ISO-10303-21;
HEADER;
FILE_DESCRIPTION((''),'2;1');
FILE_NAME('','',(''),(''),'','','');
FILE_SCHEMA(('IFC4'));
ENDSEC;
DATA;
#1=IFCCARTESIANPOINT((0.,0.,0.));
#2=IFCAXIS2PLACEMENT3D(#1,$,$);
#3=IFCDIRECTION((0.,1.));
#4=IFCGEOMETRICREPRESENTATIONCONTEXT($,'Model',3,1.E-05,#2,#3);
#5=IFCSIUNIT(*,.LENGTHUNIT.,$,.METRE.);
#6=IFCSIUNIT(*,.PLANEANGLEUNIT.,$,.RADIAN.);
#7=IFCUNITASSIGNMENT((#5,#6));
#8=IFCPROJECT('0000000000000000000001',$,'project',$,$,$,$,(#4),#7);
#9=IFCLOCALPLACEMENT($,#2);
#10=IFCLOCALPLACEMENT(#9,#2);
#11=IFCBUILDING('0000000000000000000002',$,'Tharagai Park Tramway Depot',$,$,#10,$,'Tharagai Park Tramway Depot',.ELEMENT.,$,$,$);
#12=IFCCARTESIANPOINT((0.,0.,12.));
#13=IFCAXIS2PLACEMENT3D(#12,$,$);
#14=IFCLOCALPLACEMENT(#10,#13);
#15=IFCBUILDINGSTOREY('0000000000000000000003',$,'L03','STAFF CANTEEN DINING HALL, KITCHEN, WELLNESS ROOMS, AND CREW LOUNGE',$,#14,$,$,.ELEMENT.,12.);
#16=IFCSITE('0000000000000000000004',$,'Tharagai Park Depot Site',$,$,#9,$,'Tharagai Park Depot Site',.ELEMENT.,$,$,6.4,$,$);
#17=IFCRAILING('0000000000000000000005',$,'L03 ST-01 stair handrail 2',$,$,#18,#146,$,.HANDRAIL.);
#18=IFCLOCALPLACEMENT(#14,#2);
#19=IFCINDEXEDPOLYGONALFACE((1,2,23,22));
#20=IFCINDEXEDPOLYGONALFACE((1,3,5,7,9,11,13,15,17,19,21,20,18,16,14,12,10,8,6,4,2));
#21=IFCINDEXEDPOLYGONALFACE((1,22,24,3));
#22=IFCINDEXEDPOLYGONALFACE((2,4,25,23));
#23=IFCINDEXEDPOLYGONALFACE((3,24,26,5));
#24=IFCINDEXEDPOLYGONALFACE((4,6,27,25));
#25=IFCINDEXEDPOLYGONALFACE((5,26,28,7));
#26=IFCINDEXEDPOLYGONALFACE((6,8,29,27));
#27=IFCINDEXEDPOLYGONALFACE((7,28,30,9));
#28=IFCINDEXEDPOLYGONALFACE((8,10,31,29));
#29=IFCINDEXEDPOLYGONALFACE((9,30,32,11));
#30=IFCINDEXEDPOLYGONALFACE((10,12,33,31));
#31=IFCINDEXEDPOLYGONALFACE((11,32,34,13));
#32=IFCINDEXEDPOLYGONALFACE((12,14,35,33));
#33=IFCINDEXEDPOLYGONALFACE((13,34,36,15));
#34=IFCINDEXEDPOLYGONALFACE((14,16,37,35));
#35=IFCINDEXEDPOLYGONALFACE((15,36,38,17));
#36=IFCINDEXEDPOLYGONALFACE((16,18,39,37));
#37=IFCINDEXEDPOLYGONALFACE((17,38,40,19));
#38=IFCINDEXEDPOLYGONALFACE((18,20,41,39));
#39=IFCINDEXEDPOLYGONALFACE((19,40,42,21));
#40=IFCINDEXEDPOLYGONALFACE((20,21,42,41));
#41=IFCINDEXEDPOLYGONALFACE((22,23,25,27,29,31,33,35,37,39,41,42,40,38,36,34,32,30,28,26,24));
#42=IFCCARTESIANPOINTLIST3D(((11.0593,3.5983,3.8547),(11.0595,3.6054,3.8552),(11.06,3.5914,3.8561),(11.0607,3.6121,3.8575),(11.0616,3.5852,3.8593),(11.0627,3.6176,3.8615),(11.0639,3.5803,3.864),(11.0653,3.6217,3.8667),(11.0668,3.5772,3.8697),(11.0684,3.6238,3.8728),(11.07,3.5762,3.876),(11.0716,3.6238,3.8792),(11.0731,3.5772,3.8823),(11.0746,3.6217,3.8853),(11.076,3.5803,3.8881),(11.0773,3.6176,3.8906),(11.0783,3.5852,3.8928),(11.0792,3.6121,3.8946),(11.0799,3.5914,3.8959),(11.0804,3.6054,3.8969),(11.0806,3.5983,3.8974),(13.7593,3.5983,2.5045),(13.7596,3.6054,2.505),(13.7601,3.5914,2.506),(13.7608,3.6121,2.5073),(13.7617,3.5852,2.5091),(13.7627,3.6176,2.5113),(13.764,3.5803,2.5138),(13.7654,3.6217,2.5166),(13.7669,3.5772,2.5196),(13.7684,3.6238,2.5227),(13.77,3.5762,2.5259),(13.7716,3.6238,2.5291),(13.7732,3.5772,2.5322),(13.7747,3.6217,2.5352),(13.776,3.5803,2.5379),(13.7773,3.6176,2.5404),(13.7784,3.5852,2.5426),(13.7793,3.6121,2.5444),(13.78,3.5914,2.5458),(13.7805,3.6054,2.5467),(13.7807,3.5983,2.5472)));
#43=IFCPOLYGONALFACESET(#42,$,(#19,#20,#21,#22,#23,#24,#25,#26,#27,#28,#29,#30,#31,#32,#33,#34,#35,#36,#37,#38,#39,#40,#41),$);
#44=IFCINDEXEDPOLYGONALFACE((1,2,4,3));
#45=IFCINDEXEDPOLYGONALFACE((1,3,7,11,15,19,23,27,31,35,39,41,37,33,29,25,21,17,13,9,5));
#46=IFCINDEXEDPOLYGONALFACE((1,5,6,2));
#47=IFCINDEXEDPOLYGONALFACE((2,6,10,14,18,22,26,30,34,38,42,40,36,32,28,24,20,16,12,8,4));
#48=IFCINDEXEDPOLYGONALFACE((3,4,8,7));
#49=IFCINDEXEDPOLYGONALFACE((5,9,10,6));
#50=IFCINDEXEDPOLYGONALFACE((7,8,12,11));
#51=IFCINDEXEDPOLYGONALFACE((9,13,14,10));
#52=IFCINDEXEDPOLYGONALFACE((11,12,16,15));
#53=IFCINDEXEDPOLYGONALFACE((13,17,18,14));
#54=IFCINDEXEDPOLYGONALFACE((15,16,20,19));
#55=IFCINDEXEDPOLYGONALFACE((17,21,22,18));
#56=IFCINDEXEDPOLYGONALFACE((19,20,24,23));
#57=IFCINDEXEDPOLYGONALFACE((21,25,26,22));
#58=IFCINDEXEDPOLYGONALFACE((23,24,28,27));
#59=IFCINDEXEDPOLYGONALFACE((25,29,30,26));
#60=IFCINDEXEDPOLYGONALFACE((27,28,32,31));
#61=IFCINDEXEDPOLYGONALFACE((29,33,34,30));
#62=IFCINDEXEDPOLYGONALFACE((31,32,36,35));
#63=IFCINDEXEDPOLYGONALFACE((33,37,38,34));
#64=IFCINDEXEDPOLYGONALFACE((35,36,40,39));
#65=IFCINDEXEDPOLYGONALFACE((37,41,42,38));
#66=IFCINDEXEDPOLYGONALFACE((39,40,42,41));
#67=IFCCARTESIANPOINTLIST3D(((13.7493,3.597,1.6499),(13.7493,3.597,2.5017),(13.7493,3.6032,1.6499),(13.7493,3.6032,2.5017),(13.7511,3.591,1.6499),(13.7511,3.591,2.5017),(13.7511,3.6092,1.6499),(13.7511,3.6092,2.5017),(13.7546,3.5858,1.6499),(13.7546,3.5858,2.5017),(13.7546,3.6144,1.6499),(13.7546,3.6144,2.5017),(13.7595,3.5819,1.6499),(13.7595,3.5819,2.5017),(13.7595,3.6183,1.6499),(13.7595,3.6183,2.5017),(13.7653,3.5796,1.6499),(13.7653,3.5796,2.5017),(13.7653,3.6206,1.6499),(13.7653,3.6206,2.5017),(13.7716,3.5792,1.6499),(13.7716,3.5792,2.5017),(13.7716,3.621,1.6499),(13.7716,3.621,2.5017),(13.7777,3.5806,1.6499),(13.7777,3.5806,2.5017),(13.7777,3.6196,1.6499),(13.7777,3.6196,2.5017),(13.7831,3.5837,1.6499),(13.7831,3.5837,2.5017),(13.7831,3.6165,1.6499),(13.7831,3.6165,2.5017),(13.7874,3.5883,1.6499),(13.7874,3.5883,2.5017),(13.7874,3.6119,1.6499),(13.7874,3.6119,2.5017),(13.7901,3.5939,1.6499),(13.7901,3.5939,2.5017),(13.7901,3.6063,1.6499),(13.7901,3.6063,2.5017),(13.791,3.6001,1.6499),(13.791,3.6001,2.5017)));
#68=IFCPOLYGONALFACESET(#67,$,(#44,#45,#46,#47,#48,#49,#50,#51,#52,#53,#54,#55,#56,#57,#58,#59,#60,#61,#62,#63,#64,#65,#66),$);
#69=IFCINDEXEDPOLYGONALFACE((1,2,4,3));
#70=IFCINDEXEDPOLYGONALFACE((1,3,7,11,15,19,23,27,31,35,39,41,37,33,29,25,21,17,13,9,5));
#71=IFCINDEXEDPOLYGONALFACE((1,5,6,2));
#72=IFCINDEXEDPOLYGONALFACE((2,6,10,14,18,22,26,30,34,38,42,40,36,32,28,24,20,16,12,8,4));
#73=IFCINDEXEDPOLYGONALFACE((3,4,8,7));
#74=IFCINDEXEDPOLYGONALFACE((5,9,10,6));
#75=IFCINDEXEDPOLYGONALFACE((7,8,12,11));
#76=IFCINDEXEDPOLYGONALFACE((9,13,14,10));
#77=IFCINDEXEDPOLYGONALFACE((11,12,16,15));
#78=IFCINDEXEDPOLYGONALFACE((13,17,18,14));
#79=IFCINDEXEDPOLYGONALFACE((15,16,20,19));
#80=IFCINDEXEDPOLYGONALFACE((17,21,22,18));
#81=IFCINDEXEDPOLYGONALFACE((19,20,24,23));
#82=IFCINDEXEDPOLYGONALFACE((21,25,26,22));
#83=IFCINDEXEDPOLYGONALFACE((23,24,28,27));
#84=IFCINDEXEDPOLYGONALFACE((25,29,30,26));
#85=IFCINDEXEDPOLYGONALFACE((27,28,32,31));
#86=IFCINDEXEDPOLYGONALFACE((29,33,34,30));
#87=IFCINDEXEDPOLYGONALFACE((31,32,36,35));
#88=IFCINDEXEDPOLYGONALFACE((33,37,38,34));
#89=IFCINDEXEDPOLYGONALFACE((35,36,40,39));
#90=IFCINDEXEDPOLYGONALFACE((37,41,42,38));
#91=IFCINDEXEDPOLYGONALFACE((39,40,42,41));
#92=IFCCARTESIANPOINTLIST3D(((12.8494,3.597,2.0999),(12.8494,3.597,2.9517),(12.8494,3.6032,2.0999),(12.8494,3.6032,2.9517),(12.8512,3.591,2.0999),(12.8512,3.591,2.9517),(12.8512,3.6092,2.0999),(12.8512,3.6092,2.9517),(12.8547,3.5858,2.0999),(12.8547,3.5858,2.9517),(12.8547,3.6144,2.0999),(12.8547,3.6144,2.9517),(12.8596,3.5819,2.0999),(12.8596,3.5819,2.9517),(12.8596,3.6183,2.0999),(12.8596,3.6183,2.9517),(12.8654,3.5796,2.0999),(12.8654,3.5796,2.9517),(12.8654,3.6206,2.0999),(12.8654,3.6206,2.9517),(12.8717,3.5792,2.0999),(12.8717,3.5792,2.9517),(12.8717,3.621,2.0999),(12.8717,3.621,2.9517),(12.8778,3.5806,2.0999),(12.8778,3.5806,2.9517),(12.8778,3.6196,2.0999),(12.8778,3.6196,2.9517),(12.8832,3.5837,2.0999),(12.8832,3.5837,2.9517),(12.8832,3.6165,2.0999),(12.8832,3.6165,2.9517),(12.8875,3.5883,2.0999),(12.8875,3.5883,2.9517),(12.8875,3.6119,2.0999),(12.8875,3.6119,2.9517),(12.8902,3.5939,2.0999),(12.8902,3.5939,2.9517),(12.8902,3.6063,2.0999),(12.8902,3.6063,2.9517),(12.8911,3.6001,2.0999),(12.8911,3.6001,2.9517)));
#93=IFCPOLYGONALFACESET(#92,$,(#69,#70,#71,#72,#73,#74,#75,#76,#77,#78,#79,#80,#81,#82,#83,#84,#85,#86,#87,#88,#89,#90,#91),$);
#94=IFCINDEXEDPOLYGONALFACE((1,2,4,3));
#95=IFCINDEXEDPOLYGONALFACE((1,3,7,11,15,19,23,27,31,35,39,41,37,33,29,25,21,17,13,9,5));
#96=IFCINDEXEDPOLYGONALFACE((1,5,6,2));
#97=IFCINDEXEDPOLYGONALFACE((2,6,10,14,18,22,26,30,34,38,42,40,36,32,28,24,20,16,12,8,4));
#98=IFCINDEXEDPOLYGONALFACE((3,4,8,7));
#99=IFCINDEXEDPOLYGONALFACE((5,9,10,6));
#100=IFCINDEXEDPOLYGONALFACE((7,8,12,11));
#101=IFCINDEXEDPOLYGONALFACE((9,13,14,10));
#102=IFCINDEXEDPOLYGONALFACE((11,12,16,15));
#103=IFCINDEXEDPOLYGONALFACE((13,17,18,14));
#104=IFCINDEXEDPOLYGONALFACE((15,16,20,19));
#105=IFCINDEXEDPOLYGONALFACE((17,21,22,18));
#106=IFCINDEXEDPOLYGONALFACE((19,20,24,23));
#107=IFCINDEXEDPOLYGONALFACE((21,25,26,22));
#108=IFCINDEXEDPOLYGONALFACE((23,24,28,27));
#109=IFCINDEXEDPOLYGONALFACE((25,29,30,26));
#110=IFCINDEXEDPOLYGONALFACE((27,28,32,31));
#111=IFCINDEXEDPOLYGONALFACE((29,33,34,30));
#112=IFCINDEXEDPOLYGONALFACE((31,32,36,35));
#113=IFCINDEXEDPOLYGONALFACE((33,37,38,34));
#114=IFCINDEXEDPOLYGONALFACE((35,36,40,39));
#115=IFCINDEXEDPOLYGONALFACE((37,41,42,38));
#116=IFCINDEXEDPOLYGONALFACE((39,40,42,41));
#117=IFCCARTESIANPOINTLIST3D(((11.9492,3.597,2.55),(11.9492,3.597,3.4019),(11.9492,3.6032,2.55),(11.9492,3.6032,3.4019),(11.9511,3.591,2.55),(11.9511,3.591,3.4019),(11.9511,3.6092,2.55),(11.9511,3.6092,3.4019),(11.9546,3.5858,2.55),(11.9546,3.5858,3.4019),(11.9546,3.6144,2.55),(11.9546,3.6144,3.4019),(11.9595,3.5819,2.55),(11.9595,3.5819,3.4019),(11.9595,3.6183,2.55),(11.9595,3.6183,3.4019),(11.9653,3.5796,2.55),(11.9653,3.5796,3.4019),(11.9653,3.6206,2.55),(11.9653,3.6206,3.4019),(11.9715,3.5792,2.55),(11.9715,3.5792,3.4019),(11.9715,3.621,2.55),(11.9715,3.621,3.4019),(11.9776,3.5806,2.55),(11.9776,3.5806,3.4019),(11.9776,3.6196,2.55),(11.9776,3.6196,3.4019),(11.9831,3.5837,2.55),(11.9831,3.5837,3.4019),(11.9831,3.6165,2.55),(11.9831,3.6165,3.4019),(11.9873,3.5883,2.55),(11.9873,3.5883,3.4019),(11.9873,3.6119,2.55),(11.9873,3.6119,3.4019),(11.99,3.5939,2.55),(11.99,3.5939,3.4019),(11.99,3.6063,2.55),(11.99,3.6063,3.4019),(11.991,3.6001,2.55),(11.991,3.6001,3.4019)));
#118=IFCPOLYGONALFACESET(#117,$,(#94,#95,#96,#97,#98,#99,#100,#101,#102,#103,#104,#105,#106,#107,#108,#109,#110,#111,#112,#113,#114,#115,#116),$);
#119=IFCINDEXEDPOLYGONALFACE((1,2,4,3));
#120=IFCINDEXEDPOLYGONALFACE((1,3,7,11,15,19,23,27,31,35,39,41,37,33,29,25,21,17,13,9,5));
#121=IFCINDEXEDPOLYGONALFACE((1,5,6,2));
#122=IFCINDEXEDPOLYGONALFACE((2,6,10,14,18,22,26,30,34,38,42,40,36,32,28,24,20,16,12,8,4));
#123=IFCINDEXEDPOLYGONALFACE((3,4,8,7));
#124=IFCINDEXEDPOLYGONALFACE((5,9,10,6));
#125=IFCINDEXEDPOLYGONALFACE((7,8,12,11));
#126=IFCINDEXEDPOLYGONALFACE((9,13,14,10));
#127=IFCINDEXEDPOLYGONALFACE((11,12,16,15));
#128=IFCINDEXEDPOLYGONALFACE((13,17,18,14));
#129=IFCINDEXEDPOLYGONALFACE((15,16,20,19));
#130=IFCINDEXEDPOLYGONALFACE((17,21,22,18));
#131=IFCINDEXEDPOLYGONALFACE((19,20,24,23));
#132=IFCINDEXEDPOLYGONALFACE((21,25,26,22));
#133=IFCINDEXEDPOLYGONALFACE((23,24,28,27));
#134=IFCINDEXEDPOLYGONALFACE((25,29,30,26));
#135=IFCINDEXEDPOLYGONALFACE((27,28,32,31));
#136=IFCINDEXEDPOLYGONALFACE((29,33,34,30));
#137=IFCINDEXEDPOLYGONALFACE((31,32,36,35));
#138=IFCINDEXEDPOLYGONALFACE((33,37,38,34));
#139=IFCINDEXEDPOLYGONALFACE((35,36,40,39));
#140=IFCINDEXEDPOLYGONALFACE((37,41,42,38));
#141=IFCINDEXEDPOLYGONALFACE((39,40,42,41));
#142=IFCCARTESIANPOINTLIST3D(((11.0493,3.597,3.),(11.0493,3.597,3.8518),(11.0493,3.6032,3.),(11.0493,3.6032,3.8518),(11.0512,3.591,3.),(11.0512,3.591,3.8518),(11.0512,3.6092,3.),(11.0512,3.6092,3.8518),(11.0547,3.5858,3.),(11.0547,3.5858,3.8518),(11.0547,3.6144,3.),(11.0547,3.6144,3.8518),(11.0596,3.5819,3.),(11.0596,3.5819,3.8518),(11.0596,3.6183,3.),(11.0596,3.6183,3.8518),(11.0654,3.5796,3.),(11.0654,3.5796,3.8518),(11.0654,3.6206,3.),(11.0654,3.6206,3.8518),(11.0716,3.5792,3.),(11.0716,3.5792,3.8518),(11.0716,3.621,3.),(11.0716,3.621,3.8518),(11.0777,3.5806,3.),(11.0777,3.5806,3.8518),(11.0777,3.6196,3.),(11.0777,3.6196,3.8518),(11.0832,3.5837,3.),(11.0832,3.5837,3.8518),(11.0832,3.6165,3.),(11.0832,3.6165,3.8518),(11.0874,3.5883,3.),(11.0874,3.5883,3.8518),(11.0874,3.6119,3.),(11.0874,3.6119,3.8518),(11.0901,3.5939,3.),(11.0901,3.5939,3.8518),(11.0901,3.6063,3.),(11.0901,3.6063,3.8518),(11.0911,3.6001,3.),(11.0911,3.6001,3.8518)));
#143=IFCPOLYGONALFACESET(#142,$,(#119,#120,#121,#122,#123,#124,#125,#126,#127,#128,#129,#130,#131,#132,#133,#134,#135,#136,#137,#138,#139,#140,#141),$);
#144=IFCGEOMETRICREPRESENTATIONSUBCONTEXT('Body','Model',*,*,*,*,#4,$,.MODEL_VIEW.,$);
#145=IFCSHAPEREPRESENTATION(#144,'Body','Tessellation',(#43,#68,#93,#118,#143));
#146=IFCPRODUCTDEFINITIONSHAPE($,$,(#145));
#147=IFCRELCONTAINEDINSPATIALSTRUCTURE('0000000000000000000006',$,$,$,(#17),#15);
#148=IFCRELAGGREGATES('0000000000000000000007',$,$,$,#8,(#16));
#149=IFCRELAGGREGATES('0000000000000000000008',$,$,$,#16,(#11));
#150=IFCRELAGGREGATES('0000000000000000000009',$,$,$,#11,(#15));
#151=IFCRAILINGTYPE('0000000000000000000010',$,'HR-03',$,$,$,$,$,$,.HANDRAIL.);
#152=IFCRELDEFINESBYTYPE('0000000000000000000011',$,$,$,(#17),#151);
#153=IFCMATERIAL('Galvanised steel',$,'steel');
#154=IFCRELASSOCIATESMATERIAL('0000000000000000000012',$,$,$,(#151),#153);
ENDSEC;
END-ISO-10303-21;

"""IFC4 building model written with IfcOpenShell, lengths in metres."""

from ifc_helpers import new_model, si_unit, direction, frame, origin, origin_2d, place, context, subcontext, project, spatial, circle, extrude, material, type_object, element, save


model = new_model("IFC4")

# Units and contexts
model_context = context("Model", 3, precision=1e-05, world=origin(), true_north=direction((0.0, 1.0)))
body_context = subcontext(model_context, "Body", "Model", "MODEL_VIEW")
ifc_project = project(units=[si_unit("LENGTHUNIT", "METRE"), si_unit("PLANEANGLEUNIT", "RADIAN")], contexts=[model_context])

# Site, building, storey
site_placement = place(None, origin())
site = spatial("IfcSite", under=ifc_project, at=site_placement, Name="Tharagai Park Depot Site", LongName="Tharagai Park Depot Site", CompositionType="ELEMENT", RefElevation=6.4)
building_placement = place(site_placement, origin())
building = spatial("IfcBuilding", under=site, at=building_placement, Name="Tharagai Park Tramway Depot", LongName="Tharagai Park Tramway Depot", CompositionType="ELEMENT")
storey_placement = place(building_placement, frame((0.0, 0.0, 12.0)))
storey = spatial("IfcBuildingStorey", under=building, at=storey_placement, Name="L03", Description="STAFF CANTEEN DINING HALL, KITCHEN, WELLNESS ROOMS, AND CREW LOUNGE", CompositionType="ELEMENT", Elevation=12.0)

# Shared definitions
ifc_material_1 = material(Name="Galvanised steel", Category="steel")

# Railing
railing_type_1 = type_object("IfcRailingType", Name="HR-03", PredefinedType="HANDRAIL", material=ifc_material_1)
railing_1_placement = place(storey_placement, frame((13.77, 3.6001, 1.6499)))
element("IfcRailing", 1, at=railing_1_placement, inside=storey, type_object=railing_type_1, Name="L03 ST-01 stair handrail 2", PredefinedType="HANDRAIL", context=body_context, shape_type="SweptSolid", body=[
    extrude(circle(Radius=0.0239, at=origin_2d()), frame((0.0, 0.0, 0.876), z_axis=(-0.894411, 0.0, 0.447246), x_axis=(0.0, -1.0, 0.0)), (0.0, 0.0, 1.0), 3.0188),
    extrude(circle(Radius=0.021, at=origin_2d()), origin(), (0.0, 0.0, 1.0), 0.8518),
    extrude(circle(Radius=0.021, at=origin_2d()), frame((-0.8999, 0.0, 0.45)), (0.0, 0.0, 1.0), 0.8518),
    extrude(circle(Radius=0.021, at=origin_2d()), frame((-1.8, 0.0, 0.9001)), (0.0, 0.0, 1.0), 0.8518),
    extrude(circle(Radius=0.021, at=origin_2d()), frame((-2.7, 0.0, 1.3501)), (0.0, 0.0, 1.0), 0.8518),
])

save(model, "model.ifc")
